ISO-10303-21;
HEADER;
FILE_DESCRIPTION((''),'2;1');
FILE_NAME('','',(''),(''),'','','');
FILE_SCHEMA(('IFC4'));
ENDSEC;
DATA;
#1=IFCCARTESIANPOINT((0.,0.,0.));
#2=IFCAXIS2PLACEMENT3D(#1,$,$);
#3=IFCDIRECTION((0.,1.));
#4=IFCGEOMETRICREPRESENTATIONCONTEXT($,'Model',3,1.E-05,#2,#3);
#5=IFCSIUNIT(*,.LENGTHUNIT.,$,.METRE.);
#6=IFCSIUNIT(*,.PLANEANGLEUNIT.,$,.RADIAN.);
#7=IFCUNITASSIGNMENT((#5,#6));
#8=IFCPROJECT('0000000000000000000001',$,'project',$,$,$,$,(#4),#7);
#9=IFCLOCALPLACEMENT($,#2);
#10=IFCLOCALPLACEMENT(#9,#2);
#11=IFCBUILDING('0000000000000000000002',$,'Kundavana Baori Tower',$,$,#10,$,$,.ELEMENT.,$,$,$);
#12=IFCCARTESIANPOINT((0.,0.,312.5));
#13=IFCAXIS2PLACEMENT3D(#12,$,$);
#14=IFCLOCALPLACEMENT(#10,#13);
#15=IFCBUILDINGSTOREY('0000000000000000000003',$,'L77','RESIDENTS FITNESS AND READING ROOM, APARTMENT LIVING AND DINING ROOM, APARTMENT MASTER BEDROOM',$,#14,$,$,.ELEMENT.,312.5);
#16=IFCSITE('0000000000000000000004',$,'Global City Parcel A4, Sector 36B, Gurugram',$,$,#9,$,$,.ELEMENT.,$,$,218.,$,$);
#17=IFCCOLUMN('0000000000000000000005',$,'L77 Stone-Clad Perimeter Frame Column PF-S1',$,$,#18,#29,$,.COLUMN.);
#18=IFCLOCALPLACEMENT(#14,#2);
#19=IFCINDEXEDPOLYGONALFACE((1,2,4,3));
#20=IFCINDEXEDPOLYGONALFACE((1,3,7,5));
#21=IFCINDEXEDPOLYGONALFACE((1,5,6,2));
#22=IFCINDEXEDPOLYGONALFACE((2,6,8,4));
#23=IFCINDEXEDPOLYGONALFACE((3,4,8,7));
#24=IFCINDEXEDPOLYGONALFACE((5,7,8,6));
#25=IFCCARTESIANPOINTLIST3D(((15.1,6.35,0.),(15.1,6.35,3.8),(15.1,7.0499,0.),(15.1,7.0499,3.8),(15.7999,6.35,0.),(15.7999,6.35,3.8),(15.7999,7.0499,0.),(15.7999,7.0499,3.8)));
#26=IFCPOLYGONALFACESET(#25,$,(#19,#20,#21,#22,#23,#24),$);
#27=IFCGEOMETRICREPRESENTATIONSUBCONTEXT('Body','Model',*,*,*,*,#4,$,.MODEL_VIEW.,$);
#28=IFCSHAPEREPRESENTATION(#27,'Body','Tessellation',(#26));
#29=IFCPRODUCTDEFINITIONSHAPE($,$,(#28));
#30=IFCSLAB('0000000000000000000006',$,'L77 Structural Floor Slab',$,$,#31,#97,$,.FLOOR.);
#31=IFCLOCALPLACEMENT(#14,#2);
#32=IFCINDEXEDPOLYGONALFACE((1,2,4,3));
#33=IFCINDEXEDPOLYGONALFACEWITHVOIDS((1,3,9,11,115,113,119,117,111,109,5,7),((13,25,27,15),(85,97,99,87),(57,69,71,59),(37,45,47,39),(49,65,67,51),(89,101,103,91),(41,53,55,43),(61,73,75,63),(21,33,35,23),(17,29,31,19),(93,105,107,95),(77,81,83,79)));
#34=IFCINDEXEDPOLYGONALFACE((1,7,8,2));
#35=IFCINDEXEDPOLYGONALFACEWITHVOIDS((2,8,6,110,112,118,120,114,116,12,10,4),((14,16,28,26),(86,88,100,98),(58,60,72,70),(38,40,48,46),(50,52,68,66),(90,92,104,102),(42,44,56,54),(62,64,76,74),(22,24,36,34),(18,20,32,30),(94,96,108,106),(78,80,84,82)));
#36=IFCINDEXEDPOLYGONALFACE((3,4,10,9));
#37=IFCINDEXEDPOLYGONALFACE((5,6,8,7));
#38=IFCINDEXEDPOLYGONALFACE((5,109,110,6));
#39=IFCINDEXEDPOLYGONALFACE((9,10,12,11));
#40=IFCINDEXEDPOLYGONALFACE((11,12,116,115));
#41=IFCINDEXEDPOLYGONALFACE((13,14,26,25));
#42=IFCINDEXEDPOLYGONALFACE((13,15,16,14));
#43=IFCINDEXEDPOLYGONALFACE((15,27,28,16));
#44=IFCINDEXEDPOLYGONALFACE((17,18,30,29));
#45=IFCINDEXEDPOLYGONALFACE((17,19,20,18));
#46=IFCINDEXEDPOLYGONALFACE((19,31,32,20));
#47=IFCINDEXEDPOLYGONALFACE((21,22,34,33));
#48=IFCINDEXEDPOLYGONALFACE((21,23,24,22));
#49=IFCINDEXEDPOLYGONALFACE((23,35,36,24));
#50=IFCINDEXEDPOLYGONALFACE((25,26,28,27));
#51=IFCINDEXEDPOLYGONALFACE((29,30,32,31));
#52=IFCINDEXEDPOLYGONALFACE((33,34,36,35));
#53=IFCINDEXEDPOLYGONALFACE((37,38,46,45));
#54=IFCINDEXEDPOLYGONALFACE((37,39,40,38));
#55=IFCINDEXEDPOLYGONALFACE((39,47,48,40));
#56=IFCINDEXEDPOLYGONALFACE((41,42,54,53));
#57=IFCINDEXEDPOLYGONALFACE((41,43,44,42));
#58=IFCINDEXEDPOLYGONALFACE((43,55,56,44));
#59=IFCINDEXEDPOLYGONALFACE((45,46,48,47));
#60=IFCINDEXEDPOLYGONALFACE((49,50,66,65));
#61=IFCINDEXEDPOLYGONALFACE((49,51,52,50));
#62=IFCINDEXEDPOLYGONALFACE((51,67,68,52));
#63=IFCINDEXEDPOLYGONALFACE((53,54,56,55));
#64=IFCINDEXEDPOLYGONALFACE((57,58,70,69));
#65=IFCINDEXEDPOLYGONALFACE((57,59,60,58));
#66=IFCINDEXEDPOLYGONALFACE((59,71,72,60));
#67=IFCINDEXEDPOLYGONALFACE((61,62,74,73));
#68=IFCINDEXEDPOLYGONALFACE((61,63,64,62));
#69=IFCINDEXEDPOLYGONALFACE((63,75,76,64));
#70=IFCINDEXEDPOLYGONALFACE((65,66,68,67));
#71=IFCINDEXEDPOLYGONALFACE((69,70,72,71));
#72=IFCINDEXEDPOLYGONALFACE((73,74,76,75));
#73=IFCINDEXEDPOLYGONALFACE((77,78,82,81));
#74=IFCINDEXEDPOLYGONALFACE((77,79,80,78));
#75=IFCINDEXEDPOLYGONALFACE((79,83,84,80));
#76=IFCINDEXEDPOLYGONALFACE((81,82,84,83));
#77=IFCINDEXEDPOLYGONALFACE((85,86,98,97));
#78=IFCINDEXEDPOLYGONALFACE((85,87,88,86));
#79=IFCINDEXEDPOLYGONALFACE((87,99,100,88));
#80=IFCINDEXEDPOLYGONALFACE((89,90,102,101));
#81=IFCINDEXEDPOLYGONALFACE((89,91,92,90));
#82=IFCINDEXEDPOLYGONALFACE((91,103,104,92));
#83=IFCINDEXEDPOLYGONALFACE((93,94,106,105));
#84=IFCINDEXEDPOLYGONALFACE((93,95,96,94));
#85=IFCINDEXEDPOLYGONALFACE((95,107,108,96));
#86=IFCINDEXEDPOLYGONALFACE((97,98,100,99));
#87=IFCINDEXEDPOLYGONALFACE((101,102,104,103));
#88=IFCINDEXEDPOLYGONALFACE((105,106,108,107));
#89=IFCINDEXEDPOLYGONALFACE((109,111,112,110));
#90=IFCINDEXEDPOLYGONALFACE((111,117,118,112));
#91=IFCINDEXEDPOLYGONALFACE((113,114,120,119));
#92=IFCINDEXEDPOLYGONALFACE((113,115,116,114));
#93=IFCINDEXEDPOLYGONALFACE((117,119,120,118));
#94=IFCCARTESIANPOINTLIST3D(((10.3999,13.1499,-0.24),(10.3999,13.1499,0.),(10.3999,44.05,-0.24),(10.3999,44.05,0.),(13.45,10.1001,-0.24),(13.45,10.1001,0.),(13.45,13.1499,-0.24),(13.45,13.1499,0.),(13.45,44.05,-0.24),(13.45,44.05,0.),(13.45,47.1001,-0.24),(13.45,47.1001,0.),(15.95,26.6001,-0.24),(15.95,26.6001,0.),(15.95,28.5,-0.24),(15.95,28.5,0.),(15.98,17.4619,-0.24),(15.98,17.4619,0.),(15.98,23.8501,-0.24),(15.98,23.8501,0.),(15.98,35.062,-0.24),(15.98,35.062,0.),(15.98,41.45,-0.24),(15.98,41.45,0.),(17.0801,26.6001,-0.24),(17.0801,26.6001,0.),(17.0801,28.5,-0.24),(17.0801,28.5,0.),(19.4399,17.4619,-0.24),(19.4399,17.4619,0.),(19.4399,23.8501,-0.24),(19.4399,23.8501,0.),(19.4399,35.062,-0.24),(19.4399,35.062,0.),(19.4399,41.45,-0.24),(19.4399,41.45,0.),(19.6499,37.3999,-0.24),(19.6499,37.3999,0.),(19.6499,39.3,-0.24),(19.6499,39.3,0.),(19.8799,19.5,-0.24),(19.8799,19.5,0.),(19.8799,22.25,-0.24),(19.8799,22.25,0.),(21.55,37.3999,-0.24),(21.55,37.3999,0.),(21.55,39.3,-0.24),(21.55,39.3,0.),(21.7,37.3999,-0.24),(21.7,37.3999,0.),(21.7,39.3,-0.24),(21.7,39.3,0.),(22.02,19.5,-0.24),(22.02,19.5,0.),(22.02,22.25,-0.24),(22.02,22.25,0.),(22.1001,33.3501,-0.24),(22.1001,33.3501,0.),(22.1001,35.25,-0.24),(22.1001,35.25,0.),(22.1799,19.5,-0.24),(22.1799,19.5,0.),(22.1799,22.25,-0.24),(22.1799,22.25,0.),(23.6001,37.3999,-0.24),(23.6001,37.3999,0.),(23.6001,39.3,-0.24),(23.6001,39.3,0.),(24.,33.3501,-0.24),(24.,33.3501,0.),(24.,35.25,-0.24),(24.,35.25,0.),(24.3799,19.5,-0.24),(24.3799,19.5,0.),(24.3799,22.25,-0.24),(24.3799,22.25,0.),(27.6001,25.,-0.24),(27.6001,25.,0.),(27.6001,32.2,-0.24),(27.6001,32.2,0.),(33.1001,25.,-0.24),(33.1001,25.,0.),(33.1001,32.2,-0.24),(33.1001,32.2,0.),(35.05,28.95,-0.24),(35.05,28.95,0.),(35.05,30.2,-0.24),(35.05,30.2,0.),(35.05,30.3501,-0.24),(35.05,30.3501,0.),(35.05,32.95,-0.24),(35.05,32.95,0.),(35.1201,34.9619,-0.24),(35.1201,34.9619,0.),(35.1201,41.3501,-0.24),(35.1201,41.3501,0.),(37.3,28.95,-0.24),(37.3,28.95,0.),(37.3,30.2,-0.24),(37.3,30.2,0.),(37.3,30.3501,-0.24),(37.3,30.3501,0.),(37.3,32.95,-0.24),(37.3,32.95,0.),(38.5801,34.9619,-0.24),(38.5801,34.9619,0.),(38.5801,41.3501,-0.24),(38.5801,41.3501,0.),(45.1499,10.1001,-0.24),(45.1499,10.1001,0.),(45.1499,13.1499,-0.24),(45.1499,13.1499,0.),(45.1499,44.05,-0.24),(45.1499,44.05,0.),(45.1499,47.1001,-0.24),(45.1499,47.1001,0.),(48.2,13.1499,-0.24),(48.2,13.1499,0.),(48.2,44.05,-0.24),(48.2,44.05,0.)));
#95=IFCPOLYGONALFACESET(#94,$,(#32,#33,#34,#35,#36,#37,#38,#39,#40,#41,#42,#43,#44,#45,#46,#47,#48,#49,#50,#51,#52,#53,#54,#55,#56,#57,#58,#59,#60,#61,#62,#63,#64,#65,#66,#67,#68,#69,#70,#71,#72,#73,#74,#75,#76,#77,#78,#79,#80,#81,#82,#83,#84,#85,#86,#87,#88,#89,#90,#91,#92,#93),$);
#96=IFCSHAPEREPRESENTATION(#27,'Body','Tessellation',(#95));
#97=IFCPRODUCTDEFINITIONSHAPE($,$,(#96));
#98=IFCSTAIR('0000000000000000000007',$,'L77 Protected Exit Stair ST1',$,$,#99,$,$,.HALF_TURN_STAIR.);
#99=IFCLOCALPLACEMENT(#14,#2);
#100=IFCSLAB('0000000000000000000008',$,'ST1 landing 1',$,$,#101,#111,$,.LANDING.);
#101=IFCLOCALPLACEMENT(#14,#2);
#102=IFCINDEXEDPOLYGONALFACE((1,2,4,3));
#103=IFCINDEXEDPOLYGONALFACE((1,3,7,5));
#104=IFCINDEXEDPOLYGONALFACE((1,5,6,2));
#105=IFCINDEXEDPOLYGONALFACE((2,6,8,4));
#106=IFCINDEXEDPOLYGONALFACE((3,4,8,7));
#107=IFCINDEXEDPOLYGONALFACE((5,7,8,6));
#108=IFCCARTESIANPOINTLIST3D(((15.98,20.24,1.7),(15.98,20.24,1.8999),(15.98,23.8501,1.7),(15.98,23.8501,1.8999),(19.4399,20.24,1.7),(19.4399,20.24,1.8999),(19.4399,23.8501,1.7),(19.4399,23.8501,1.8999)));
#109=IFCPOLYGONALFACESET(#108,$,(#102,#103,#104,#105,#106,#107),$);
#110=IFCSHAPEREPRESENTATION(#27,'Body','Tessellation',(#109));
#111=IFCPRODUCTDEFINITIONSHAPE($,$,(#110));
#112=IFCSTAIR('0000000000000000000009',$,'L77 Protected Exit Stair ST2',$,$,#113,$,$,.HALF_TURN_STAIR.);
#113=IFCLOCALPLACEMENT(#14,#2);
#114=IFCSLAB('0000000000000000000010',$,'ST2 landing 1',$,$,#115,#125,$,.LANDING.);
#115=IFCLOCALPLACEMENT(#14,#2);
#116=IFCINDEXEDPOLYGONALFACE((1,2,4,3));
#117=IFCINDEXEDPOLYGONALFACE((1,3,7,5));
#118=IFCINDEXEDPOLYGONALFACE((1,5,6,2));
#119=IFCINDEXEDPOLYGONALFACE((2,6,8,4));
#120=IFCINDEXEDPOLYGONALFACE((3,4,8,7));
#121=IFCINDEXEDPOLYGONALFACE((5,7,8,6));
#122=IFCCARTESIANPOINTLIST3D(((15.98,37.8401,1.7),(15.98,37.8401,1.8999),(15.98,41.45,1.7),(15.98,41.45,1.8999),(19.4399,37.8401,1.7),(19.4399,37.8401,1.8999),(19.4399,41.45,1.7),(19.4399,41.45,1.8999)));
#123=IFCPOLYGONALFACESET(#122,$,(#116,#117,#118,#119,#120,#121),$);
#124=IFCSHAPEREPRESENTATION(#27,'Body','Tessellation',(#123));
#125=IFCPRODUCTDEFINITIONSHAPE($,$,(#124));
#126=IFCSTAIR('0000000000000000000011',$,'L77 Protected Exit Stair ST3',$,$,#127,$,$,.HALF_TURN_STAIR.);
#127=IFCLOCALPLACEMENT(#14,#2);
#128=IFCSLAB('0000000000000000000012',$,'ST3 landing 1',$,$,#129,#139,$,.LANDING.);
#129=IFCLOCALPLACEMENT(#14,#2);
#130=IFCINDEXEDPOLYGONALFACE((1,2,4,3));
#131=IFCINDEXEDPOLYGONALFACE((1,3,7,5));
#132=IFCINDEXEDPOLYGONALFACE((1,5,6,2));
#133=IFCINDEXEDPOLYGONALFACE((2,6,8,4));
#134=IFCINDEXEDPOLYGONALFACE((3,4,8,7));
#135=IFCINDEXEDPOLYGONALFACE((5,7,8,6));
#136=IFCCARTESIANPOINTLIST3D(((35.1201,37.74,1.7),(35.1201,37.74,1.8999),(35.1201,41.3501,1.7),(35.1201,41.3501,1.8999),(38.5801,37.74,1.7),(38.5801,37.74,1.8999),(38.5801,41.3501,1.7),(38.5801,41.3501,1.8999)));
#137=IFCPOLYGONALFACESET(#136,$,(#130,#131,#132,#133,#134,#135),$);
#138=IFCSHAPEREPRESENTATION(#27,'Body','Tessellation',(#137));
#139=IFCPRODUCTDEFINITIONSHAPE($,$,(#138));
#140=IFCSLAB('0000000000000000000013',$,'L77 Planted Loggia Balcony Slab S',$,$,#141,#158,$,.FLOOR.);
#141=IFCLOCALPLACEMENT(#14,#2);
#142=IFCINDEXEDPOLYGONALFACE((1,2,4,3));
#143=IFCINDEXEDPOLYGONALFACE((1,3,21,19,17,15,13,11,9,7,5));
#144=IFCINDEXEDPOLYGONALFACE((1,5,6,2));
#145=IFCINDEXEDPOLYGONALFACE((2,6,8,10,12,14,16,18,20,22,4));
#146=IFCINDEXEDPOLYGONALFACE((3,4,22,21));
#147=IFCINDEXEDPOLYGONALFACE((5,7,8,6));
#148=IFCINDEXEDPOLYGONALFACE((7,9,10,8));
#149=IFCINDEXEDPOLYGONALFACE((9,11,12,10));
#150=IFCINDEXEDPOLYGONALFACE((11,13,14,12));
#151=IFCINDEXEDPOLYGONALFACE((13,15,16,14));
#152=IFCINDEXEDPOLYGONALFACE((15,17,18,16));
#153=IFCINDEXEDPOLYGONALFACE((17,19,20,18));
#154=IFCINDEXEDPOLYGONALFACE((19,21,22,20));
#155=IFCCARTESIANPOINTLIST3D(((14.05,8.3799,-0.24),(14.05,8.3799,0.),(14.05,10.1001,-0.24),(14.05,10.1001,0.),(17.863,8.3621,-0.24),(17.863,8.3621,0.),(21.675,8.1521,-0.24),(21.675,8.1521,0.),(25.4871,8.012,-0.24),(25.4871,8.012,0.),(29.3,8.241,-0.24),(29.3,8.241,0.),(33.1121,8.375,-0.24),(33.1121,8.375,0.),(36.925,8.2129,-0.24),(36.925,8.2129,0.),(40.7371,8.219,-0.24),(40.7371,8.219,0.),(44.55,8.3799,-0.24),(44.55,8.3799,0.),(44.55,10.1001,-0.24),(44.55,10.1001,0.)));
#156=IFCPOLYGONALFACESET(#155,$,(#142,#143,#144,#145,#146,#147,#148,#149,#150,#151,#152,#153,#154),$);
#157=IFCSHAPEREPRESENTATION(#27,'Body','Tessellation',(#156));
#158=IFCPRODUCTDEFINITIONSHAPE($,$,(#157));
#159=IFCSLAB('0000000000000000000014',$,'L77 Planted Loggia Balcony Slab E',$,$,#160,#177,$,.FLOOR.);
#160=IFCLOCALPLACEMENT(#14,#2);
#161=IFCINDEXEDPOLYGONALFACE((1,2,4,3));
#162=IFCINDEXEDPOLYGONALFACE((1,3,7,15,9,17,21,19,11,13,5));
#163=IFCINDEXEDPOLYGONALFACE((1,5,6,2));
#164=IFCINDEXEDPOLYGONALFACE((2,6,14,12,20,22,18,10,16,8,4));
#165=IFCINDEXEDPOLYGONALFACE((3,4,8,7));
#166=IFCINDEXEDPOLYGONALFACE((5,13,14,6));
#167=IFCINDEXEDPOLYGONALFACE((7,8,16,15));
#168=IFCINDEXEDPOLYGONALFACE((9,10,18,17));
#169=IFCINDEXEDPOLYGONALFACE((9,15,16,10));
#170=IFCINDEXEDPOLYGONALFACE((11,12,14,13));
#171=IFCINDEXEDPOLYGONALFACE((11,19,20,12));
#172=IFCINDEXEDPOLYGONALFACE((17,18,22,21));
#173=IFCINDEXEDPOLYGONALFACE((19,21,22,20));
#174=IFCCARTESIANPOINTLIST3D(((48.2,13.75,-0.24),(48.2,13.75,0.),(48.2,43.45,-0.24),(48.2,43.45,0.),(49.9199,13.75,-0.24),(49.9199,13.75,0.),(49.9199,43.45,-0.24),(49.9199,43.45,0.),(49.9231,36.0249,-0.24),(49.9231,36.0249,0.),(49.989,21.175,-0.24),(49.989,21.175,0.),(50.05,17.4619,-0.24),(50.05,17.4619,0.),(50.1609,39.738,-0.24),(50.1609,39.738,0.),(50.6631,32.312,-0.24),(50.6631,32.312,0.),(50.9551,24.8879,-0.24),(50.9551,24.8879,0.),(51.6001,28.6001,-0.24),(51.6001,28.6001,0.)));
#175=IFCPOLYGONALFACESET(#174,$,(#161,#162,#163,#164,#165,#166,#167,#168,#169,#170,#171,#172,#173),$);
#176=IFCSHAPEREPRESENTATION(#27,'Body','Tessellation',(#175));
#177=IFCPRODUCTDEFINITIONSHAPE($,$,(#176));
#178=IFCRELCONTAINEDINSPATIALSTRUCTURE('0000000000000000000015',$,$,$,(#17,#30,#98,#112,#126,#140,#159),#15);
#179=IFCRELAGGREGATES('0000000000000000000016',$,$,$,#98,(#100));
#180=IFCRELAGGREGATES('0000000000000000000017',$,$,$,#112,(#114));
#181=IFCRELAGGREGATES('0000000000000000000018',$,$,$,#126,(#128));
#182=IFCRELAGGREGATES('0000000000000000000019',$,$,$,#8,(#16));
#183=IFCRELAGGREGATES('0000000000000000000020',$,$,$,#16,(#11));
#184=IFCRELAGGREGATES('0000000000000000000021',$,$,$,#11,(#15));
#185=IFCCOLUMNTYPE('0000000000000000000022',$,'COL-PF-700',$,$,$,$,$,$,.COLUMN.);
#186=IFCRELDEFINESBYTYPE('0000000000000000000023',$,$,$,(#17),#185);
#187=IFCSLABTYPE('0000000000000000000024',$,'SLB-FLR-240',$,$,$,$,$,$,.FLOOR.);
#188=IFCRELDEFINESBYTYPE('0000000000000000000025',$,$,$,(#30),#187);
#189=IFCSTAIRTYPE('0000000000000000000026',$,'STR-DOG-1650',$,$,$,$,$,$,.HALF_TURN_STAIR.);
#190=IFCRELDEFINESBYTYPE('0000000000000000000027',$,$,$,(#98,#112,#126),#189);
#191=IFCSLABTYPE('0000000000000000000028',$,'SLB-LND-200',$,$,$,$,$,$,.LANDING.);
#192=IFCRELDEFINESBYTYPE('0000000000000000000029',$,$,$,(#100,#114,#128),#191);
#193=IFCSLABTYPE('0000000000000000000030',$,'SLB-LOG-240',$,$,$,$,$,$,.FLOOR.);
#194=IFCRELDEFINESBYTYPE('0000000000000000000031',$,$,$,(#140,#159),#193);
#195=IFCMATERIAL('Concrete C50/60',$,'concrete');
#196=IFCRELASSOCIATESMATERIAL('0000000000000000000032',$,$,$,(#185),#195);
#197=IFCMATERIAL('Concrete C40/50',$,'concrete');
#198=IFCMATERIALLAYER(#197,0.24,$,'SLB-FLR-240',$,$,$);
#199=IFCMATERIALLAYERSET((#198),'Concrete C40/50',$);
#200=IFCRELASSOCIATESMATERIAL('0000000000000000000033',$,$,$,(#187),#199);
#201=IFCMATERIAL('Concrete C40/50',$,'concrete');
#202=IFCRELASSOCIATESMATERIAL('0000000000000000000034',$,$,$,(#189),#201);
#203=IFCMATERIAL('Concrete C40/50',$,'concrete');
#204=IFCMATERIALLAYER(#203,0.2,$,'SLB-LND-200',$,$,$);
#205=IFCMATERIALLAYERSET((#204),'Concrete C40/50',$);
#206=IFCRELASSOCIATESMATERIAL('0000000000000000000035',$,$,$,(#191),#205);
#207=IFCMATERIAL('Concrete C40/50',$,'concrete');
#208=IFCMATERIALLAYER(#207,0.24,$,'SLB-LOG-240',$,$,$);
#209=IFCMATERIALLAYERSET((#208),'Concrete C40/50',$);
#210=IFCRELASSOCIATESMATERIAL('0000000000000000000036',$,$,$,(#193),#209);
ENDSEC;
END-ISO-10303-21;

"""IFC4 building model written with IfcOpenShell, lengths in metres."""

from ifc_helpers import new_model, si_unit, direction, frame, origin, origin_2d, place, context, subcontext, project, spatial, polyline, rectangle, outline, extrude, material, layer, layer_set, material_profile, profile_set, type_object, element, aggregate, save


model = new_model("IFC4")

# Units and contexts
model_context = context("Model", 3, precision=1e-05, world=origin(), true_north=direction((0.0, 1.0)))
body_context = subcontext(model_context, "Body", "Model", "MODEL_VIEW")
ifc_project = project(units=[si_unit("LENGTHUNIT", "METRE"), si_unit("PLANEANGLEUNIT", "RADIAN")], contexts=[model_context])

# Site, building, storey
site_placement = place(None, origin())
site = spatial("IfcSite", under=ifc_project, at=site_placement, Name="Global City Parcel A4, Sector 36B, Gurugram", CompositionType="ELEMENT", RefElevation=218.0)
building_placement = place(site_placement, origin())
building = spatial("IfcBuilding", under=site, at=building_placement, Name="Kundavana Baori Tower", CompositionType="ELEMENT")
storey_placement = place(building_placement, frame((0.0, 0.0, 312.5)))
storey = spatial("IfcBuildingStorey", under=building, at=storey_placement, Name="L77", Description="RESIDENTS FITNESS AND READING ROOM, APARTMENT LIVING AND DINING ROOM, APARTMENT MASTER BEDROOM", CompositionType="ELEMENT", Elevation=312.5)

# Column
ifc_material_1 = material(Name="Concrete C50/60", Category="concrete")
ifc_material_profile = material_profile(ifc_material_1, rectangle(XDim=0.7, YDim=0.7, at=origin_2d()), Name="RC PF 700x700")
ifc_profile_set = profile_set([ifc_material_profile], Name="Concrete C50/60")
column_type = type_object("IfcColumnType", Name="COL-PF-700", PredefinedType="COLUMN", material=ifc_profile_set)
column_placement = place(storey_placement, frame((15.45, 6.7, 0.0), z_axis=(0.0, 0.0, 1.0), x_axis=(1.0, 0.0, 0.0)))
element("IfcColumn", 1, at=column_placement, inside=storey, type_object=column_type, Name="L77 Stone-Clad Perimeter Frame Column PF-S1", PredefinedType="COLUMN", context=body_context, shape_type="SweptSolid", body=[
    extrude(rectangle(XDim=0.7, YDim=0.7, at=origin_2d()), origin(), (0.0, 0.0, 1.0), 3.8),
])

# Slab
ifc_material_2 = material(Name="Concrete C40/50", Category="concrete")
ifc_layer_1 = layer(ifc_material_2, 0.24, Name="SLB-FLR-240")
ifc_layer_set_1 = layer_set([ifc_layer_1], Name="Concrete C40/50")
slab_type_1 = type_object("IfcSlabType", Name="SLB-FLR-240", PredefinedType="FLOOR", material=ifc_layer_set_1)
slab_1_placement = place(storey_placement, frame((0.0, 0.0, -0.24)))
element("IfcSlab", 2, at=slab_1_placement, inside=storey, type_object=slab_type_1, Name="L77 Structural Floor Slab", PredefinedType="FLOOR", context=body_context, shape_type="SweptSolid", body=[
    extrude(outline(polyline([(13.45, 10.1001), (45.1499, 10.1001), (45.1499, 13.1499), (48.2, 13.1499), (48.2, 44.05), (45.1499, 44.05), (45.1499, 47.1001), (13.45, 47.1001), (13.45, 44.05), (10.3999, 44.05), (10.3999, 13.1499), (13.45, 13.1499), (13.45, 10.1001)]), holes=[polyline([(19.4399, 17.4619), (19.4399, 23.8501), (15.98, 23.8501), (15.98, 17.4619), (19.4399, 17.4619)]), polyline([(19.4399, 35.062), (19.4399, 41.45), (15.98, 41.45), (15.98, 35.062), (19.4399, 35.062)]), polyline([(38.5801, 34.9619), (38.5801, 41.3501), (35.1201, 41.3501), (35.1201, 34.9619), (38.5801, 34.9619)]), polyline([(19.6499, 37.3999), (21.55, 37.3999), (21.55, 39.3), (19.6499, 39.3), (19.6499, 37.3999)]), polyline([(21.7, 37.3999), (23.6001, 37.3999), (23.6001, 39.3), (21.7, 39.3), (21.7, 37.3999)]), polyline([(22.1001, 33.3501), (24.0, 33.3501), (24.0, 35.25), (22.1001, 35.25), (22.1001, 33.3501)]), polyline([(19.8799, 19.5), (22.02, 19.5), (22.02, 22.25), (19.8799, 22.25), (19.8799, 19.5)]), polyline([(22.1799, 19.5), (24.3799, 19.5), (24.3799, 22.25), (22.1799, 22.25), (22.1799, 19.5)]), polyline([(35.05, 30.3501), (37.3, 30.3501), (37.3, 32.95), (35.05, 32.95), (35.05, 30.3501)]), polyline([(15.95, 26.6001), (17.0801, 26.6001), (17.0801, 28.5), (15.95, 28.5), (15.95, 26.6001)]), polyline([(35.05, 28.95), (37.3, 28.95), (37.3, 30.2), (35.05, 30.2), (35.05, 28.95)]), polyline([(27.6001, 25.0), (33.1001, 25.0), (33.1001, 32.2), (27.6001, 32.2), (27.6001, 25.0)])]), origin(), (0.0, 0.0, 1.0), 0.24),
])

# Stairs, slabs
ifc_material_3 = material(Name="Concrete C40/50", Category="concrete")
stair_type = type_object("IfcStairType", Name="STR-DOG-1650", PredefinedType="HALF_TURN_STAIR", material=ifc_material_3)
stair_1_placement = place(storey_placement, origin())
stair_1 = element("IfcStair", 3, at=stair_1_placement, inside=storey, type_object=stair_type, Name="L77 Protected Exit Stair ST1", PredefinedType="HALF_TURN_STAIR")
ifc_material_4 = material(Name="Concrete C40/50", Category="concrete")
ifc_layer_2 = layer(ifc_material_4, 0.2, Name="SLB-LND-200")
ifc_layer_set_2 = layer_set([ifc_layer_2], Name="Concrete C40/50")
slab_type_2 = type_object("IfcSlabType", Name="SLB-LND-200", PredefinedType="LANDING", material=ifc_layer_set_2)
slab_2_placement = place(storey_placement, frame((0.0, 0.0, 1.7)))
slab_2 = element("IfcSlab", 4, at=slab_2_placement, type_object=slab_type_2, Name="ST1 landing 1", PredefinedType="LANDING", context=body_context, shape_type="SweptSolid", body=[
    extrude(outline(polyline([(19.4399, 20.24), (19.4399, 23.8501), (15.98, 23.8501), (15.98, 20.24), (19.4399, 20.24)])), origin(), (0.0, 0.0, 1.0), 0.2),
])
aggregate(stair_1, [slab_2])
stair_2_placement = place(storey_placement, origin())
stair_2 = element("IfcStair", 5, at=stair_2_placement, inside=storey, type_object=stair_type, Name="L77 Protected Exit Stair ST2", PredefinedType="HALF_TURN_STAIR")
slab_3_placement = place(storey_placement, frame((0.0, 0.0, 1.7)))
slab_3 = element("IfcSlab", 6, at=slab_3_placement, type_object=slab_type_2, Name="ST2 landing 1", PredefinedType="LANDING", context=body_context, shape_type="SweptSolid", body=[
    extrude(outline(polyline([(19.4399, 37.8401), (19.4399, 41.45), (15.98, 41.45), (15.98, 37.8401), (19.4399, 37.8401)])), origin(), (0.0, 0.0, 1.0), 0.2),
])
aggregate(stair_2, [slab_3])
stair_3_placement = place(storey_placement, origin())
stair_3 = element("IfcStair", 7, at=stair_3_placement, inside=storey, type_object=stair_type, Name="L77 Protected Exit Stair ST3", PredefinedType="HALF_TURN_STAIR")
slab_4_placement = place(storey_placement, frame((0.0, 0.0, 1.7)))
slab_4 = element("IfcSlab", 8, at=slab_4_placement, type_object=slab_type_2, Name="ST3 landing 1", PredefinedType="LANDING", context=body_context, shape_type="SweptSolid", body=[
    extrude(outline(polyline([(38.5801, 37.74), (38.5801, 41.3501), (35.1201, 41.3501), (35.1201, 37.74), (38.5801, 37.74)])), origin(), (0.0, 0.0, 1.0), 0.2),
])
aggregate(stair_3, [slab_4])

# Slabs
ifc_material_5 = material(Name="Concrete C40/50", Category="concrete")
ifc_layer_3 = layer(ifc_material_5, 0.24, Name="SLB-LOG-240")
ifc_layer_set_3 = layer_set([ifc_layer_3], Name="Concrete C40/50")
slab_type_3 = type_object("IfcSlabType", Name="SLB-LOG-240", PredefinedType="FLOOR", material=ifc_layer_set_3)
slab_5_placement = place(storey_placement, frame((0.0, 0.0, -0.24)))
element("IfcSlab", 9, at=slab_5_placement, inside=storey, type_object=slab_type_3, Name="L77 Planted Loggia Balcony Slab S", PredefinedType="FLOOR", context=body_context, shape_type="SweptSolid", body=[
    extrude(outline(polyline([(14.05, 10.1001), (44.55, 10.1001), (44.55, 8.3799), (40.7371, 8.219), (36.925, 8.2129), (33.1121, 8.375), (29.3, 8.241), (25.4871, 8.012), (21.675, 8.1521), (17.863, 8.3621), (14.05, 8.3799), (14.05, 10.1001)])), origin(), (0.0, 0.0, 1.0), 0.24),
])
slab_6_placement = place(storey_placement, frame((0.0, 0.0, -0.24)))
element("IfcSlab", 10, at=slab_6_placement, inside=storey, type_object=slab_type_3, Name="L77 Planted Loggia Balcony Slab E", PredefinedType="FLOOR", context=body_context, shape_type="SweptSolid", body=[
    extrude(outline(polyline([(48.2, 13.75), (48.2, 43.45), (49.9199, 43.45), (50.1609, 39.738), (49.9231, 36.0249), (50.6631, 32.312), (51.6001, 28.6001), (50.9551, 24.8879), (49.989, 21.175), (50.05, 17.4619), (49.9199, 13.75), (48.2, 13.75)])), origin(), (0.0, 0.0, 1.0), 0.24),
])

save(model, "model.ifc")
